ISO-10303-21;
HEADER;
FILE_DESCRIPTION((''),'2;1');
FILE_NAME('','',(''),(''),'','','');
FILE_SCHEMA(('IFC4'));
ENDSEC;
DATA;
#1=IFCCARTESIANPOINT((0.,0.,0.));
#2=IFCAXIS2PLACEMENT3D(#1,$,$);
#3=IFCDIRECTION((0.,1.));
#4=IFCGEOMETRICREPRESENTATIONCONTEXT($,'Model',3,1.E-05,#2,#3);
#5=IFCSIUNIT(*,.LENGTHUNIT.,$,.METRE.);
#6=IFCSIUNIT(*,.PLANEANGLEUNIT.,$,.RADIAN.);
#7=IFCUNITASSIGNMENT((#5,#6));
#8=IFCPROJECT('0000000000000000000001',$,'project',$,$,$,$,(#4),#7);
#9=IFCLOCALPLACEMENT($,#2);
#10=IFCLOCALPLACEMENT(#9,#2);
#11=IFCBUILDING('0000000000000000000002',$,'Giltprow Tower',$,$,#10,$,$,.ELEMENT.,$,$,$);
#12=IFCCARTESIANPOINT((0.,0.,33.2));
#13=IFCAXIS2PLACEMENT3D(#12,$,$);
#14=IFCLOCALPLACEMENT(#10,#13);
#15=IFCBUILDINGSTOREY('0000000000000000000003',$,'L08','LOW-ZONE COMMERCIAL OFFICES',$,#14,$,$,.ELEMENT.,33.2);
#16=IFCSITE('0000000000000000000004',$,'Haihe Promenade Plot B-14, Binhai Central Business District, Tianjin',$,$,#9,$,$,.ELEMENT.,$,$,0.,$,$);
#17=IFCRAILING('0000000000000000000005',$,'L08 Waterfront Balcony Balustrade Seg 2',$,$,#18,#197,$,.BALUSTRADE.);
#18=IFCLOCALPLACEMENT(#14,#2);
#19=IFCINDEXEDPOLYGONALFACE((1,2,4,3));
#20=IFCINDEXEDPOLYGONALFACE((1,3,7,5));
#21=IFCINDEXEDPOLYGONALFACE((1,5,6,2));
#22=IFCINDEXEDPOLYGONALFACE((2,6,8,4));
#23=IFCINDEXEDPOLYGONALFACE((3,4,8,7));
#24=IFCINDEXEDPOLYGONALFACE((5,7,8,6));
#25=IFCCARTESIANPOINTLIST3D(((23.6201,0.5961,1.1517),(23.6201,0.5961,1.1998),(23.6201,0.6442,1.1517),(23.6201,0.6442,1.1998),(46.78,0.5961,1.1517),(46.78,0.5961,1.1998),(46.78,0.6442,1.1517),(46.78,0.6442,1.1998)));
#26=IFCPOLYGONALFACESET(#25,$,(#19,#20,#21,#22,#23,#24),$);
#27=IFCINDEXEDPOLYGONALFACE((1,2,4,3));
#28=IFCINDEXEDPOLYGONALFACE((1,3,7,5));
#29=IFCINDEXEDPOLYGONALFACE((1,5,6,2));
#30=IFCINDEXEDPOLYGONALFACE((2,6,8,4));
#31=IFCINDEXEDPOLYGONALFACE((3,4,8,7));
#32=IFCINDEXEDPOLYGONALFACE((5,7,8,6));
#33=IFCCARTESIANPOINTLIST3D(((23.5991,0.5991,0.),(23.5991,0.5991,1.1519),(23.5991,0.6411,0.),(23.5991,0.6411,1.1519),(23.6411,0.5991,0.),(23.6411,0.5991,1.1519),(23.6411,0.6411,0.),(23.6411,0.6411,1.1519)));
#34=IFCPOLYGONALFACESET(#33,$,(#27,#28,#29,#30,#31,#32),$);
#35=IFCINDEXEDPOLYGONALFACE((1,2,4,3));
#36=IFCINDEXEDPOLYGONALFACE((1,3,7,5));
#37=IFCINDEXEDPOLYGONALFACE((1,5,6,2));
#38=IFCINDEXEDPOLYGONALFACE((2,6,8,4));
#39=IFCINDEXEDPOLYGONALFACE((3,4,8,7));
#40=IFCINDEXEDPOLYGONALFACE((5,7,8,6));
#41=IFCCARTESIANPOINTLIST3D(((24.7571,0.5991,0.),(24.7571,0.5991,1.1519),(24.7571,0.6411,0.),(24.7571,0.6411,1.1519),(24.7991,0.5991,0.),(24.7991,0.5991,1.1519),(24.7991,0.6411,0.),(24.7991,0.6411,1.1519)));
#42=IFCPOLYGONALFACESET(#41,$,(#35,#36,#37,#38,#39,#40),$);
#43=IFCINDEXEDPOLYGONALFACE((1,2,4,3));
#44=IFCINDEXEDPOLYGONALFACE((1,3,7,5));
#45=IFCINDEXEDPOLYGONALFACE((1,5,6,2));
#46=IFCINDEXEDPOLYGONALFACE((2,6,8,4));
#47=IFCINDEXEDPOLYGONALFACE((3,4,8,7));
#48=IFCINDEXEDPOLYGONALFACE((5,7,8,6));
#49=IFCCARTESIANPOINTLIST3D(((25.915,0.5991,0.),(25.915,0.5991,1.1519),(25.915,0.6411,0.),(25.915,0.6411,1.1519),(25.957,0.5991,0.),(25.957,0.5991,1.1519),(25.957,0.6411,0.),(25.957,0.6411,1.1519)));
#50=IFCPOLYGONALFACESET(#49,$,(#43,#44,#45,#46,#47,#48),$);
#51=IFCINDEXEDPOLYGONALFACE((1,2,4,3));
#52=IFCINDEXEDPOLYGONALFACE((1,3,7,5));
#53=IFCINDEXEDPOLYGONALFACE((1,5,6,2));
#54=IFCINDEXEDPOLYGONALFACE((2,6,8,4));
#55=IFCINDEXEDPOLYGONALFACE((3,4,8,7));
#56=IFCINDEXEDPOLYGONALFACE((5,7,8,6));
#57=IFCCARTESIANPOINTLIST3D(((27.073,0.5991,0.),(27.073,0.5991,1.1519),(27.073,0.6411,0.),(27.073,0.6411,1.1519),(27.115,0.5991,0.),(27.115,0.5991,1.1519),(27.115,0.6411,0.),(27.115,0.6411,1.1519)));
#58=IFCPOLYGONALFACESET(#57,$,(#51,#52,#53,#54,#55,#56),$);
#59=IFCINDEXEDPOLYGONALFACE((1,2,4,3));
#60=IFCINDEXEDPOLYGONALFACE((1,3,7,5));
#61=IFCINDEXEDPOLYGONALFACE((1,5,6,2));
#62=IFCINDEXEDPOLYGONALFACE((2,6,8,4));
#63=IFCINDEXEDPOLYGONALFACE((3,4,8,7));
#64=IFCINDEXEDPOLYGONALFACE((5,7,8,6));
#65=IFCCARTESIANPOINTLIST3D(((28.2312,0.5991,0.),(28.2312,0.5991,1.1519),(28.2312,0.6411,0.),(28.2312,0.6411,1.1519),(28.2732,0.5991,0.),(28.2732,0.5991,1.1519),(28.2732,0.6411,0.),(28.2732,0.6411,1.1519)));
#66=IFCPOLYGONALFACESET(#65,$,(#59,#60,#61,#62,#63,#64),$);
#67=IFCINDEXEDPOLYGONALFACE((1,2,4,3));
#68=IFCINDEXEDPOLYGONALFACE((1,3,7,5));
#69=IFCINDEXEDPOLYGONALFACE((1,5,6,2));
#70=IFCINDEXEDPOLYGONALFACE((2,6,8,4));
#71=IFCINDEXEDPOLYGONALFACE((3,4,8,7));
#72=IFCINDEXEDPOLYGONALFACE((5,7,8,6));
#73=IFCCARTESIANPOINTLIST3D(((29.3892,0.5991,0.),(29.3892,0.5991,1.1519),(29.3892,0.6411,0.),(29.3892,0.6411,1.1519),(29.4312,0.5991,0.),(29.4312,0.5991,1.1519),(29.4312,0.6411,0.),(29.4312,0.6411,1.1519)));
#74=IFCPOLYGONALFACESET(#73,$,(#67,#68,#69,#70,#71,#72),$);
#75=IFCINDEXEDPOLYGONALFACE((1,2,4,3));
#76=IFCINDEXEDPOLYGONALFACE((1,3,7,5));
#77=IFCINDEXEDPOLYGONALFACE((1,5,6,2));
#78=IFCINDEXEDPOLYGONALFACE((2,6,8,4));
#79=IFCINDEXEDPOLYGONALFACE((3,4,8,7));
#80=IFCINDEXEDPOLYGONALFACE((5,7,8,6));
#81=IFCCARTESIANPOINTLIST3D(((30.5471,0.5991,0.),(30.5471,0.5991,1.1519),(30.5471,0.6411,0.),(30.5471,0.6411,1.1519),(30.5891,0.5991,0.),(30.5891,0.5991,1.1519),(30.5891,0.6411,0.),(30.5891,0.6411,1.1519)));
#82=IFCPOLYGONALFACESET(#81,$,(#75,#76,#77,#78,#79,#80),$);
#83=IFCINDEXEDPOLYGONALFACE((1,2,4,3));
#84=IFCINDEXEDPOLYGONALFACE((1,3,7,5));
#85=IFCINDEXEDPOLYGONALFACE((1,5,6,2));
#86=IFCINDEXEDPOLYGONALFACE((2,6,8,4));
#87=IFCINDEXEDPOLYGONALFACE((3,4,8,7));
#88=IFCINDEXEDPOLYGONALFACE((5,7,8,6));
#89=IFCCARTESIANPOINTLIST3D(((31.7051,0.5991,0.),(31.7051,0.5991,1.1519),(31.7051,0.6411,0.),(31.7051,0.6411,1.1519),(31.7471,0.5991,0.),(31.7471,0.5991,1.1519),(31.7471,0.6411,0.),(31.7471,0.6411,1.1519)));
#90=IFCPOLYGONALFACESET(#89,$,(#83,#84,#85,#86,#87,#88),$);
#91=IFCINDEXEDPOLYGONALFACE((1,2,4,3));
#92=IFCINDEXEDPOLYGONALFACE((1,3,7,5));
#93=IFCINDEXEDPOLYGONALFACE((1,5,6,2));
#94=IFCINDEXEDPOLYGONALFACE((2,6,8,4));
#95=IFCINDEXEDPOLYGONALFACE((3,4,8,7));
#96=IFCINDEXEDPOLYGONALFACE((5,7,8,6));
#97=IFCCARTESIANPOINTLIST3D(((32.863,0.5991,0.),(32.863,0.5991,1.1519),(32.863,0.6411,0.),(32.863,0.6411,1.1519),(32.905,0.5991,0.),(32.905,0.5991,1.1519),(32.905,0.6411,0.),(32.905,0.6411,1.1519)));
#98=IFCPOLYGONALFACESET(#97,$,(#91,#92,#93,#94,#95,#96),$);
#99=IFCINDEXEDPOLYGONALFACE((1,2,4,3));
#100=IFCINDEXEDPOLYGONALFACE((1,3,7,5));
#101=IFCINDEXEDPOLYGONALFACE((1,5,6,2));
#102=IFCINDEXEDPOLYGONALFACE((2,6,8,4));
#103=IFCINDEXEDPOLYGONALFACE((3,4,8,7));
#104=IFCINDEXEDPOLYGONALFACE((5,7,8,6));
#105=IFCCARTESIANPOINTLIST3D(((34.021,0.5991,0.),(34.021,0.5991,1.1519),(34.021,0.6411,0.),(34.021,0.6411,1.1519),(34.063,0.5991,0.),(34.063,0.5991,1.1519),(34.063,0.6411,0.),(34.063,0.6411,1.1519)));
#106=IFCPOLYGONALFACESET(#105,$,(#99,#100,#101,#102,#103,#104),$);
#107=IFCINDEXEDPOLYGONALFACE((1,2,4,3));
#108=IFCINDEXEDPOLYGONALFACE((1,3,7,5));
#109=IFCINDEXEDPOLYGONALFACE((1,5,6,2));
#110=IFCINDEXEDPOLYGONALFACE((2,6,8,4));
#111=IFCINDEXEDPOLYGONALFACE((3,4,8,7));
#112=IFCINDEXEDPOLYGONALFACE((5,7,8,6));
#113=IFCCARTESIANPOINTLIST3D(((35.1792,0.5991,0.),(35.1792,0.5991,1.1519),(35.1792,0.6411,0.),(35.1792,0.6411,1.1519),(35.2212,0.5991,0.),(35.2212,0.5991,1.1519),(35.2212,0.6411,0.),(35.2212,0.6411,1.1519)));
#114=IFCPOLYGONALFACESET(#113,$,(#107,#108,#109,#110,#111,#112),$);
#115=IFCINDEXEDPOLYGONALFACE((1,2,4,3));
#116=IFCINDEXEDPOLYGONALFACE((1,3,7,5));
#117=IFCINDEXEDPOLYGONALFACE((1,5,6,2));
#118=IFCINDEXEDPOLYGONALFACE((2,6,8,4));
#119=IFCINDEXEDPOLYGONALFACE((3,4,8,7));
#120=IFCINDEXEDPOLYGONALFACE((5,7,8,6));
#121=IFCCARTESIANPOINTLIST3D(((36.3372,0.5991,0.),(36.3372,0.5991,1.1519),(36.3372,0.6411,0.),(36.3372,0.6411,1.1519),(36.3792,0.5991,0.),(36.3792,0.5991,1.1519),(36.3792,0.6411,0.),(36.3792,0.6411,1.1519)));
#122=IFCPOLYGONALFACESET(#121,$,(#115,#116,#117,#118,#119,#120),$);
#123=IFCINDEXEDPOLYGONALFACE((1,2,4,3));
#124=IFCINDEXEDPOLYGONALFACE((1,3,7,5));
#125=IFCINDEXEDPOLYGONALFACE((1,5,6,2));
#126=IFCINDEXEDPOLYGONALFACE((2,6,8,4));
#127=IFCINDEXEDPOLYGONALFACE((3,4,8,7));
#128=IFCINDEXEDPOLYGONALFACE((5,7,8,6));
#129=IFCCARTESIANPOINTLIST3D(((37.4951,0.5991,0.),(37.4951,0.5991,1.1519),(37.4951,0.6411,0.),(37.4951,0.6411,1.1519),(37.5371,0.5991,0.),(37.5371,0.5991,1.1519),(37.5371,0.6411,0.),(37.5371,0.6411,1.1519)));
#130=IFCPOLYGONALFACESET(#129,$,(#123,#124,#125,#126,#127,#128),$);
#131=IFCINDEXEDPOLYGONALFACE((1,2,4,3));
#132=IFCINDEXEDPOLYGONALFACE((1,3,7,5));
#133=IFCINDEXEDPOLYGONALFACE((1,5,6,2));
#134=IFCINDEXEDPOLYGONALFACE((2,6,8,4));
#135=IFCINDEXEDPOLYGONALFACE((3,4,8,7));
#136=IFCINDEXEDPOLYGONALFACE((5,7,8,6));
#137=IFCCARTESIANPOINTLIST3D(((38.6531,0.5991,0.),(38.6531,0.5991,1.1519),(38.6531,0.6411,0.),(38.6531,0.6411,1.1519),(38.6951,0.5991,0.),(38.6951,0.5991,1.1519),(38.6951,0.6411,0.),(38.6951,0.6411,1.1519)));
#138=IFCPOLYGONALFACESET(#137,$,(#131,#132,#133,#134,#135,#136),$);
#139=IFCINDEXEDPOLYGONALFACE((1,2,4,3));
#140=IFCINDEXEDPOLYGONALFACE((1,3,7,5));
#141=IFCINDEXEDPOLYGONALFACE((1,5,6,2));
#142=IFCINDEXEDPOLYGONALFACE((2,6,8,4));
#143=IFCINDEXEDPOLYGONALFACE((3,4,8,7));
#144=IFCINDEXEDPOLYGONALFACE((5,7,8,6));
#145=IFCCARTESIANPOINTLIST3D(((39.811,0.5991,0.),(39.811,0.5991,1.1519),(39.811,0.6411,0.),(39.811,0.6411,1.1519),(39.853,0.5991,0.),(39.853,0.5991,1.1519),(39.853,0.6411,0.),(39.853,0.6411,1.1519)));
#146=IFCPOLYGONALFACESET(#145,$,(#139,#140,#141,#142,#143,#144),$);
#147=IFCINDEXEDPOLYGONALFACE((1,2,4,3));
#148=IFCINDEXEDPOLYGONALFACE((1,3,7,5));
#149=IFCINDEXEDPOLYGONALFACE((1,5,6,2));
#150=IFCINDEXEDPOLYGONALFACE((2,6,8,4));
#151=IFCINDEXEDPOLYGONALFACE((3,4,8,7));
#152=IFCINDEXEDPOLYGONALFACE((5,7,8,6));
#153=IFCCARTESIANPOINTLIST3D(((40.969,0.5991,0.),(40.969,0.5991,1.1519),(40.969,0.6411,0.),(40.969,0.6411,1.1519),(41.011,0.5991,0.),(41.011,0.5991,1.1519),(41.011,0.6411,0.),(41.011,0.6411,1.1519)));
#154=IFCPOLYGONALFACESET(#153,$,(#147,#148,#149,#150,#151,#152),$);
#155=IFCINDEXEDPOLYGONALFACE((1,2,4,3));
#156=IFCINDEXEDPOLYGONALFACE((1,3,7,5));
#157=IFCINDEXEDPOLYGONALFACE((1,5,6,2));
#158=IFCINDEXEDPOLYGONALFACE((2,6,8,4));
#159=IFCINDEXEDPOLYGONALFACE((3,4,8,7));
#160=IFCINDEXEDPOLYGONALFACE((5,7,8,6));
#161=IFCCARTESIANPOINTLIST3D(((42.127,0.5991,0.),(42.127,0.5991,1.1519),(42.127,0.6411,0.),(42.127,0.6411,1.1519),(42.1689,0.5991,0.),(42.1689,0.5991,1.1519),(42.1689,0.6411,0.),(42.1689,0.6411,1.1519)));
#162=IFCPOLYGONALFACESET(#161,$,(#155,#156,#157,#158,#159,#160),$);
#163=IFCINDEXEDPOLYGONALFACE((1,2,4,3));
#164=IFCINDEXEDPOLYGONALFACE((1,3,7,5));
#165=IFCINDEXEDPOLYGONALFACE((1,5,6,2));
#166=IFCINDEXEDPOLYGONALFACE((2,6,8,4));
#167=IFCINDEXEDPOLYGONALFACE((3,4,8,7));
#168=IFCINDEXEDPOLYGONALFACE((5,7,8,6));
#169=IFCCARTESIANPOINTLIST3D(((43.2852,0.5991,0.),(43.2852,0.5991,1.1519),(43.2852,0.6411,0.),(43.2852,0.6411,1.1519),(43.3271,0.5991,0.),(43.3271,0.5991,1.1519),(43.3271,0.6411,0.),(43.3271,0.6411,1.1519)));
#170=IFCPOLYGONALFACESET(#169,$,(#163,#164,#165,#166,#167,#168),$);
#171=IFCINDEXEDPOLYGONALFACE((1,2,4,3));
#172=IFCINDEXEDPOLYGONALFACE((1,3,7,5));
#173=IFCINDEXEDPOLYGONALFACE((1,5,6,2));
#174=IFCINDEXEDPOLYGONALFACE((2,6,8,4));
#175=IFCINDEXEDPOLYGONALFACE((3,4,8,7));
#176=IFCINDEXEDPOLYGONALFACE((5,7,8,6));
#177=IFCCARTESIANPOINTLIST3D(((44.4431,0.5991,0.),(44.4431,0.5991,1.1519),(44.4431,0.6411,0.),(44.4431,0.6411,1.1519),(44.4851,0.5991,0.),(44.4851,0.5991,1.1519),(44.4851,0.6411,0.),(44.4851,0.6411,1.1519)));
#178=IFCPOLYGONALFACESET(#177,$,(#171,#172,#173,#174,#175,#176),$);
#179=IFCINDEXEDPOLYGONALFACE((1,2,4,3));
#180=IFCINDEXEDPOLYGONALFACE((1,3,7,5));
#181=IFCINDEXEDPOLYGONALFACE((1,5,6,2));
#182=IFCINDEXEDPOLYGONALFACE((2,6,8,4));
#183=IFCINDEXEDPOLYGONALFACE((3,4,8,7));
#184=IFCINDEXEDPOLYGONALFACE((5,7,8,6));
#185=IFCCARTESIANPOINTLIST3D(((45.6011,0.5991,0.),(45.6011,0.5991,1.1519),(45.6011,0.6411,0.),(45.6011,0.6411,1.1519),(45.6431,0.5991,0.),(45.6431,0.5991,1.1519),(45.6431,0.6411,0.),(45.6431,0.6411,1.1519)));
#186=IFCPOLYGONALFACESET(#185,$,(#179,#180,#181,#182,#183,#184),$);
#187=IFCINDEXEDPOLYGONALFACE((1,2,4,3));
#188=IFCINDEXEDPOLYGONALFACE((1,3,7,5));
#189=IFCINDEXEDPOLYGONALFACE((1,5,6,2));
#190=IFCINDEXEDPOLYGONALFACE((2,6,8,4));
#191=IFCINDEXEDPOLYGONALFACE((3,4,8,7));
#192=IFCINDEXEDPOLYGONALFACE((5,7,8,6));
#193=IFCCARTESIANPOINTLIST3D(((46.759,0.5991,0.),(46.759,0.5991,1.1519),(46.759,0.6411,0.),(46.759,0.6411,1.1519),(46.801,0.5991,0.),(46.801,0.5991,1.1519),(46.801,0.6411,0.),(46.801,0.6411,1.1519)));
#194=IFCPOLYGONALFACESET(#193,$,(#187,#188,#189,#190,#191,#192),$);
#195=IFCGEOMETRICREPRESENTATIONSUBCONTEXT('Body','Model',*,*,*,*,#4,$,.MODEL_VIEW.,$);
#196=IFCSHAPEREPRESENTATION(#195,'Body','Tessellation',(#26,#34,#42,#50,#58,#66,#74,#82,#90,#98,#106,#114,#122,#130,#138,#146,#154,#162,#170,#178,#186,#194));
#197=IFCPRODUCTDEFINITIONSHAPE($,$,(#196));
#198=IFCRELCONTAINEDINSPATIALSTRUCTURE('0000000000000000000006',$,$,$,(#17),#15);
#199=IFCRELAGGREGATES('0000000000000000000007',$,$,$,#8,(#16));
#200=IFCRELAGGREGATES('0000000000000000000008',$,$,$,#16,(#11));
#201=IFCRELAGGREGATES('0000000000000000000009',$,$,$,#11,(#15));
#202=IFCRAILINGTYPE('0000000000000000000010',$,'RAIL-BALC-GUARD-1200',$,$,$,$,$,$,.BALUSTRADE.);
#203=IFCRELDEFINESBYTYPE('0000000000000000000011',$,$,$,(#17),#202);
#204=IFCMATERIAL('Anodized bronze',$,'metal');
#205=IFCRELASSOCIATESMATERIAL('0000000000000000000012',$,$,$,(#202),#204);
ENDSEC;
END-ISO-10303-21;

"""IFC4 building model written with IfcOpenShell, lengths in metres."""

from ifc_helpers import new_model, si_unit, direction, frame, origin, origin_2d, place, context, subcontext, project, spatial, rectangle, extrude, material, type_object, element, save


model = new_model("IFC4")

# Units and contexts
model_context = context("Model", 3, precision=1e-05, world=origin(), true_north=direction((0.0, 1.0)))
body_context = subcontext(model_context, "Body", "Model", "MODEL_VIEW")
ifc_project = project(units=[si_unit("LENGTHUNIT", "METRE"), si_unit("PLANEANGLEUNIT", "RADIAN")], contexts=[model_context])

# Site, building, storey
site_placement = place(None, origin())
site = spatial("IfcSite", under=ifc_project, at=site_placement, Name="Haihe Promenade Plot B-14, Binhai Central Business District, Tianjin", CompositionType="ELEMENT", RefElevation=0.0)
building_placement = place(site_placement, origin())
building = spatial("IfcBuilding", under=site, at=building_placement, Name="Giltprow Tower", CompositionType="ELEMENT")
storey_placement = place(building_placement, frame((0.0, 0.0, 33.2)))
storey = spatial("IfcBuildingStorey", under=building, at=storey_placement, Name="L08", Description="LOW-ZONE COMMERCIAL OFFICES", CompositionType="ELEMENT", Elevation=33.2)

# Shared definitions
ifc_material_1 = material(Name="Anodized bronze", Category="metal")

# Railing
railing_type = type_object("IfcRailingType", Name="RAIL-BALC-GUARD-1200", PredefinedType="BALUSTRADE", material=ifc_material_1)
railing_1_placement = place(storey_placement, frame((23.6201, 0.6201, 0.0)))
element("IfcRailing", 1, at=railing_1_placement, inside=storey, type_object=railing_type, Name="L08 Waterfront Balcony Balustrade Seg 2", PredefinedType="BALUSTRADE", context=body_context, shape_type="SweptSolid", body=[
    extrude(rectangle(XDim=0.0481, YDim=0.0481, at=origin_2d()), frame((0.0, 0.0, 1.1758), z_axis=(1.0, 0.0, 0.0), x_axis=(0.0, 1.0, 0.0)), (0.0, 0.0, 1.0), 23.1599),
    extrude(rectangle(XDim=0.042, YDim=0.042, at=origin_2d()), origin(), (0.0, 0.0, 1.0), 1.1519),
    extrude(rectangle(XDim=0.042, YDim=0.042, at=origin_2d()), frame((1.158, 0.0, 0.0)), (0.0, 0.0, 1.0), 1.1519),
    extrude(rectangle(XDim=0.042, YDim=0.042, at=origin_2d()), frame((2.3159, 0.0, 0.0)), (0.0, 0.0, 1.0), 1.1519),
    extrude(rectangle(XDim=0.042, YDim=0.042, at=origin_2d()), frame((3.4739, 0.0, 0.0)), (0.0, 0.0, 1.0), 1.1519),
    extrude(rectangle(XDim=0.042, YDim=0.042, at=origin_2d()), frame((4.6321, 0.0, 0.0)), (0.0, 0.0, 1.0), 1.1519),
    extrude(rectangle(XDim=0.042, YDim=0.042, at=origin_2d()), frame((5.79, 0.0, 0.0)), (0.0, 0.0, 1.0), 1.1519),
    extrude(rectangle(XDim=0.042, YDim=0.042, at=origin_2d()), frame((6.948, 0.0, 0.0)), (0.0, 0.0, 1.0), 1.1519),
    extrude(rectangle(XDim=0.042, YDim=0.042, at=origin_2d()), frame((8.106, 0.0, 0.0)), (0.0, 0.0, 1.0), 1.1519),
    extrude(rectangle(XDim=0.042, YDim=0.042, at=origin_2d()), frame((9.2639, 0.0, 0.0)), (0.0, 0.0, 1.0), 1.1519),
    extrude(rectangle(XDim=0.042, YDim=0.042, at=origin_2d()), frame((10.4219, 0.0, 0.0)), (0.0, 0.0, 1.0), 1.1519),
    extrude(rectangle(XDim=0.042, YDim=0.042, at=origin_2d()), frame((11.5801, 0.0, 0.0)), (0.0, 0.0, 1.0), 1.1519),
    extrude(rectangle(XDim=0.042, YDim=0.042, at=origin_2d()), frame((12.738, 0.0, 0.0)), (0.0, 0.0, 1.0), 1.1519),
    extrude(rectangle(XDim=0.042, YDim=0.042, at=origin_2d()), frame((13.896, 0.0, 0.0)), (0.0, 0.0, 1.0), 1.1519),
    extrude(rectangle(XDim=0.042, YDim=0.042, at=origin_2d()), frame((15.054, 0.0, 0.0)), (0.0, 0.0, 1.0), 1.1519),
    extrude(rectangle(XDim=0.042, YDim=0.042, at=origin_2d()), frame((16.2119, 0.0, 0.0)), (0.0, 0.0, 1.0), 1.1519),
    extrude(rectangle(XDim=0.042, YDim=0.042, at=origin_2d()), frame((17.3699, 0.0, 0.0)), (0.0, 0.0, 1.0), 1.1519),
    extrude(rectangle(XDim=0.042, YDim=0.042, at=origin_2d()), frame((18.5278, 0.0, 0.0)), (0.0, 0.0, 1.0), 1.1519),
    extrude(rectangle(XDim=0.042, YDim=0.042, at=origin_2d()), frame((19.686, 0.0, 0.0)), (0.0, 0.0, 1.0), 1.1519),
    extrude(rectangle(XDim=0.042, YDim=0.042, at=origin_2d()), frame((20.844, 0.0, 0.0)), (0.0, 0.0, 1.0), 1.1519),
    extrude(rectangle(XDim=0.042, YDim=0.042, at=origin_2d()), frame((22.002, 0.0, 0.0)), (0.0, 0.0, 1.0), 1.1519),
    extrude(rectangle(XDim=0.042, YDim=0.042, at=origin_2d()), frame((23.1599, 0.0, 0.0)), (0.0, 0.0, 1.0), 1.1519),
])

save(model, "model.ifc")
